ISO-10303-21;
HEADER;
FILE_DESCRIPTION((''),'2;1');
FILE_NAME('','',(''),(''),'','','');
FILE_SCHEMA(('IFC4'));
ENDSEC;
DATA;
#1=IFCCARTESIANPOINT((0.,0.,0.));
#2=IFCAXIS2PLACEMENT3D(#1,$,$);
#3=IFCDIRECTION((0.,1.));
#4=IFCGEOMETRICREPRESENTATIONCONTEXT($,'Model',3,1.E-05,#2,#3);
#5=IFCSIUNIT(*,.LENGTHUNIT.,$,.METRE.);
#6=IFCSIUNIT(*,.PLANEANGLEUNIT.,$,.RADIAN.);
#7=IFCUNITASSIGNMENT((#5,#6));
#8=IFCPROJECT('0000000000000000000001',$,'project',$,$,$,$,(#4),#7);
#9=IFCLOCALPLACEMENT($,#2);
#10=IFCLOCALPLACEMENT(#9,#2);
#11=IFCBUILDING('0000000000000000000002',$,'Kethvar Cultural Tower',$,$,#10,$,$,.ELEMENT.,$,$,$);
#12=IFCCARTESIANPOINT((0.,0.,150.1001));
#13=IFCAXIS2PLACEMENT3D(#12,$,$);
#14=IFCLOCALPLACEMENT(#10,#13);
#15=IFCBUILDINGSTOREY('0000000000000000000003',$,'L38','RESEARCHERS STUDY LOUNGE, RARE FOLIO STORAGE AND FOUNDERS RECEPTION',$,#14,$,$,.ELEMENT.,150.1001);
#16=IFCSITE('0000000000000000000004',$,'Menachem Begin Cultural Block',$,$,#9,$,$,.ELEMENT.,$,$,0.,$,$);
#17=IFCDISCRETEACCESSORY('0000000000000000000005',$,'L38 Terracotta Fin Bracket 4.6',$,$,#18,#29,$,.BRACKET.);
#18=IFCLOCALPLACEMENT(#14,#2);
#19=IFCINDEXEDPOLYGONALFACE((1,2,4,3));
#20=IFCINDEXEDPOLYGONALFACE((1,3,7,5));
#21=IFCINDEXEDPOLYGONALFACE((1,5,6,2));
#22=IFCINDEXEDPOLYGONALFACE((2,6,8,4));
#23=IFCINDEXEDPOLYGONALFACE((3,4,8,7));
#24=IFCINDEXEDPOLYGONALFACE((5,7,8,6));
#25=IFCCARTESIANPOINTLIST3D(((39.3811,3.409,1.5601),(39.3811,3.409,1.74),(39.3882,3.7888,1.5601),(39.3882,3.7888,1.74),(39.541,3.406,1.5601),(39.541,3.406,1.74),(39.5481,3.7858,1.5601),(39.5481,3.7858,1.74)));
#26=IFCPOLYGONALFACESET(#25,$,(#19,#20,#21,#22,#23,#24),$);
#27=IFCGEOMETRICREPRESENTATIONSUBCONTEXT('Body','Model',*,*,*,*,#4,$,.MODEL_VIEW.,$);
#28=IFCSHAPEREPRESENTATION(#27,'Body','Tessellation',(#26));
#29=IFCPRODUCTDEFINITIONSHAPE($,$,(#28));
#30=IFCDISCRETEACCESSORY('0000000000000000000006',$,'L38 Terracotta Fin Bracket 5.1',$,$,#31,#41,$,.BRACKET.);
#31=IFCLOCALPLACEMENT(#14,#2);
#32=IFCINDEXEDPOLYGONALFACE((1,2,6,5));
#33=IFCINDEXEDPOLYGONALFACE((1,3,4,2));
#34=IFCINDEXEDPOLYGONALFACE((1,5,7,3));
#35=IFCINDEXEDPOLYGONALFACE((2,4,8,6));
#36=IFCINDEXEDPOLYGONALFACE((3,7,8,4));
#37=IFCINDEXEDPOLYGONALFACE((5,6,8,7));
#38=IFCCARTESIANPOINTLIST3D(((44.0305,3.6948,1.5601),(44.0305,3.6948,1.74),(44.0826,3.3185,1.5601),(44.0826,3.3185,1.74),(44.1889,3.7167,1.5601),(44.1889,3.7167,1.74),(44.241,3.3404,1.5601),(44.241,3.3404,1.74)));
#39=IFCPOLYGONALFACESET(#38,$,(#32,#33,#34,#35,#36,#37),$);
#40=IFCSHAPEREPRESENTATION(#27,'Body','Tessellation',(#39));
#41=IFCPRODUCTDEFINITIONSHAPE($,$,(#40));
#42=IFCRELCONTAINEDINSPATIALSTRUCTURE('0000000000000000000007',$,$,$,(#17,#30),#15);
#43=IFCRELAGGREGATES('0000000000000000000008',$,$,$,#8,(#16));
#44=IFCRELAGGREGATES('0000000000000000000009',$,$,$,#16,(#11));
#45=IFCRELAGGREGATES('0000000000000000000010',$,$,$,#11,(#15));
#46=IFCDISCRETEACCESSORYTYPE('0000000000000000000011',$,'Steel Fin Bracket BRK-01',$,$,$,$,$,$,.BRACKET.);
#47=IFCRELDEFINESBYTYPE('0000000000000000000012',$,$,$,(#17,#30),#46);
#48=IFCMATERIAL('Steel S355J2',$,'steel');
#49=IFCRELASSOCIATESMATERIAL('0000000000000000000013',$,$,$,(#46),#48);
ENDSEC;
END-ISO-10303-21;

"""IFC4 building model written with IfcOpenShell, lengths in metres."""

from ifc_helpers import new_model, si_unit, direction, frame, origin, origin_2d, place, context, subcontext, project, spatial, rectangle, extrude, source, transform, mapped, material, type_object, element, save


model = new_model("IFC4")

# Units and contexts
model_context = context("Model", 3, precision=1e-05, world=origin(), true_north=direction((0.0, 1.0)))
body_context = subcontext(model_context, "Body", "Model", "MODEL_VIEW")
ifc_project = project(units=[si_unit("LENGTHUNIT", "METRE"), si_unit("PLANEANGLEUNIT", "RADIAN")], contexts=[model_context])

# Site, building, storey
site_placement = place(None, origin())
site = spatial("IfcSite", under=ifc_project, at=site_placement, Name="Menachem Begin Cultural Block", CompositionType="ELEMENT", RefElevation=0.0)
building_placement = place(site_placement, origin())
building = spatial("IfcBuilding", under=site, at=building_placement, Name="Kethvar Cultural Tower", CompositionType="ELEMENT")
storey_placement = place(building_placement, frame((0.0, 0.0, 150.1001)))
storey = spatial("IfcBuildingStorey", under=building, at=storey_placement, Name="L38", Description="RESEARCHERS STUDY LOUNGE, RARE FOLIO STORAGE AND FOUNDERS RECEPTION", CompositionType="ELEMENT", Elevation=150.1001)

# Shared definitions
ifc_material_1 = material(Name="Steel S355J2", Category="steel")

# Discrete accessories
discrete_accessory_type = type_object("IfcDiscreteAccessoryType", Name="Steel Fin Bracket BRK-01", PredefinedType="BRACKET", material=ifc_material_1)
shared_shape_1 = source(origin(), body_context, "Body", "SweptSolid", [
    extrude(rectangle(XDim=0.3799, YDim=0.1599, at=origin_2d()), origin(), (0.0, 0.0, 1.0), 0.1799),
])
for number, where, z_axis, x_axis, name in (
    (1, (39.4646, 3.5974, 1.5601), (0.0, 0.0, 1.0), (-0.018499, -0.999829, 0.0), "L38 Terracotta Fin Bracket 4.6"),
    (2, (44.1357, 3.5176, 1.5601), (0.0, 0.0, 1.0), (0.137099, -0.990557, 0.0), "L38 Terracotta Fin Bracket 5.1"),
):
    element("IfcDiscreteAccessory", number, at=place(storey_placement, frame(where, z_axis=z_axis, x_axis=x_axis)), inside=storey, type_object=discrete_accessory_type, Name=name, PredefinedType="BRACKET", context=body_context, shape_type="MappedRepresentation", body=[
        mapped(shared_shape_1, transform((0.0, 0.0, 0.0), scale=1.0)),
    ])

save(model, "model.ifc")
